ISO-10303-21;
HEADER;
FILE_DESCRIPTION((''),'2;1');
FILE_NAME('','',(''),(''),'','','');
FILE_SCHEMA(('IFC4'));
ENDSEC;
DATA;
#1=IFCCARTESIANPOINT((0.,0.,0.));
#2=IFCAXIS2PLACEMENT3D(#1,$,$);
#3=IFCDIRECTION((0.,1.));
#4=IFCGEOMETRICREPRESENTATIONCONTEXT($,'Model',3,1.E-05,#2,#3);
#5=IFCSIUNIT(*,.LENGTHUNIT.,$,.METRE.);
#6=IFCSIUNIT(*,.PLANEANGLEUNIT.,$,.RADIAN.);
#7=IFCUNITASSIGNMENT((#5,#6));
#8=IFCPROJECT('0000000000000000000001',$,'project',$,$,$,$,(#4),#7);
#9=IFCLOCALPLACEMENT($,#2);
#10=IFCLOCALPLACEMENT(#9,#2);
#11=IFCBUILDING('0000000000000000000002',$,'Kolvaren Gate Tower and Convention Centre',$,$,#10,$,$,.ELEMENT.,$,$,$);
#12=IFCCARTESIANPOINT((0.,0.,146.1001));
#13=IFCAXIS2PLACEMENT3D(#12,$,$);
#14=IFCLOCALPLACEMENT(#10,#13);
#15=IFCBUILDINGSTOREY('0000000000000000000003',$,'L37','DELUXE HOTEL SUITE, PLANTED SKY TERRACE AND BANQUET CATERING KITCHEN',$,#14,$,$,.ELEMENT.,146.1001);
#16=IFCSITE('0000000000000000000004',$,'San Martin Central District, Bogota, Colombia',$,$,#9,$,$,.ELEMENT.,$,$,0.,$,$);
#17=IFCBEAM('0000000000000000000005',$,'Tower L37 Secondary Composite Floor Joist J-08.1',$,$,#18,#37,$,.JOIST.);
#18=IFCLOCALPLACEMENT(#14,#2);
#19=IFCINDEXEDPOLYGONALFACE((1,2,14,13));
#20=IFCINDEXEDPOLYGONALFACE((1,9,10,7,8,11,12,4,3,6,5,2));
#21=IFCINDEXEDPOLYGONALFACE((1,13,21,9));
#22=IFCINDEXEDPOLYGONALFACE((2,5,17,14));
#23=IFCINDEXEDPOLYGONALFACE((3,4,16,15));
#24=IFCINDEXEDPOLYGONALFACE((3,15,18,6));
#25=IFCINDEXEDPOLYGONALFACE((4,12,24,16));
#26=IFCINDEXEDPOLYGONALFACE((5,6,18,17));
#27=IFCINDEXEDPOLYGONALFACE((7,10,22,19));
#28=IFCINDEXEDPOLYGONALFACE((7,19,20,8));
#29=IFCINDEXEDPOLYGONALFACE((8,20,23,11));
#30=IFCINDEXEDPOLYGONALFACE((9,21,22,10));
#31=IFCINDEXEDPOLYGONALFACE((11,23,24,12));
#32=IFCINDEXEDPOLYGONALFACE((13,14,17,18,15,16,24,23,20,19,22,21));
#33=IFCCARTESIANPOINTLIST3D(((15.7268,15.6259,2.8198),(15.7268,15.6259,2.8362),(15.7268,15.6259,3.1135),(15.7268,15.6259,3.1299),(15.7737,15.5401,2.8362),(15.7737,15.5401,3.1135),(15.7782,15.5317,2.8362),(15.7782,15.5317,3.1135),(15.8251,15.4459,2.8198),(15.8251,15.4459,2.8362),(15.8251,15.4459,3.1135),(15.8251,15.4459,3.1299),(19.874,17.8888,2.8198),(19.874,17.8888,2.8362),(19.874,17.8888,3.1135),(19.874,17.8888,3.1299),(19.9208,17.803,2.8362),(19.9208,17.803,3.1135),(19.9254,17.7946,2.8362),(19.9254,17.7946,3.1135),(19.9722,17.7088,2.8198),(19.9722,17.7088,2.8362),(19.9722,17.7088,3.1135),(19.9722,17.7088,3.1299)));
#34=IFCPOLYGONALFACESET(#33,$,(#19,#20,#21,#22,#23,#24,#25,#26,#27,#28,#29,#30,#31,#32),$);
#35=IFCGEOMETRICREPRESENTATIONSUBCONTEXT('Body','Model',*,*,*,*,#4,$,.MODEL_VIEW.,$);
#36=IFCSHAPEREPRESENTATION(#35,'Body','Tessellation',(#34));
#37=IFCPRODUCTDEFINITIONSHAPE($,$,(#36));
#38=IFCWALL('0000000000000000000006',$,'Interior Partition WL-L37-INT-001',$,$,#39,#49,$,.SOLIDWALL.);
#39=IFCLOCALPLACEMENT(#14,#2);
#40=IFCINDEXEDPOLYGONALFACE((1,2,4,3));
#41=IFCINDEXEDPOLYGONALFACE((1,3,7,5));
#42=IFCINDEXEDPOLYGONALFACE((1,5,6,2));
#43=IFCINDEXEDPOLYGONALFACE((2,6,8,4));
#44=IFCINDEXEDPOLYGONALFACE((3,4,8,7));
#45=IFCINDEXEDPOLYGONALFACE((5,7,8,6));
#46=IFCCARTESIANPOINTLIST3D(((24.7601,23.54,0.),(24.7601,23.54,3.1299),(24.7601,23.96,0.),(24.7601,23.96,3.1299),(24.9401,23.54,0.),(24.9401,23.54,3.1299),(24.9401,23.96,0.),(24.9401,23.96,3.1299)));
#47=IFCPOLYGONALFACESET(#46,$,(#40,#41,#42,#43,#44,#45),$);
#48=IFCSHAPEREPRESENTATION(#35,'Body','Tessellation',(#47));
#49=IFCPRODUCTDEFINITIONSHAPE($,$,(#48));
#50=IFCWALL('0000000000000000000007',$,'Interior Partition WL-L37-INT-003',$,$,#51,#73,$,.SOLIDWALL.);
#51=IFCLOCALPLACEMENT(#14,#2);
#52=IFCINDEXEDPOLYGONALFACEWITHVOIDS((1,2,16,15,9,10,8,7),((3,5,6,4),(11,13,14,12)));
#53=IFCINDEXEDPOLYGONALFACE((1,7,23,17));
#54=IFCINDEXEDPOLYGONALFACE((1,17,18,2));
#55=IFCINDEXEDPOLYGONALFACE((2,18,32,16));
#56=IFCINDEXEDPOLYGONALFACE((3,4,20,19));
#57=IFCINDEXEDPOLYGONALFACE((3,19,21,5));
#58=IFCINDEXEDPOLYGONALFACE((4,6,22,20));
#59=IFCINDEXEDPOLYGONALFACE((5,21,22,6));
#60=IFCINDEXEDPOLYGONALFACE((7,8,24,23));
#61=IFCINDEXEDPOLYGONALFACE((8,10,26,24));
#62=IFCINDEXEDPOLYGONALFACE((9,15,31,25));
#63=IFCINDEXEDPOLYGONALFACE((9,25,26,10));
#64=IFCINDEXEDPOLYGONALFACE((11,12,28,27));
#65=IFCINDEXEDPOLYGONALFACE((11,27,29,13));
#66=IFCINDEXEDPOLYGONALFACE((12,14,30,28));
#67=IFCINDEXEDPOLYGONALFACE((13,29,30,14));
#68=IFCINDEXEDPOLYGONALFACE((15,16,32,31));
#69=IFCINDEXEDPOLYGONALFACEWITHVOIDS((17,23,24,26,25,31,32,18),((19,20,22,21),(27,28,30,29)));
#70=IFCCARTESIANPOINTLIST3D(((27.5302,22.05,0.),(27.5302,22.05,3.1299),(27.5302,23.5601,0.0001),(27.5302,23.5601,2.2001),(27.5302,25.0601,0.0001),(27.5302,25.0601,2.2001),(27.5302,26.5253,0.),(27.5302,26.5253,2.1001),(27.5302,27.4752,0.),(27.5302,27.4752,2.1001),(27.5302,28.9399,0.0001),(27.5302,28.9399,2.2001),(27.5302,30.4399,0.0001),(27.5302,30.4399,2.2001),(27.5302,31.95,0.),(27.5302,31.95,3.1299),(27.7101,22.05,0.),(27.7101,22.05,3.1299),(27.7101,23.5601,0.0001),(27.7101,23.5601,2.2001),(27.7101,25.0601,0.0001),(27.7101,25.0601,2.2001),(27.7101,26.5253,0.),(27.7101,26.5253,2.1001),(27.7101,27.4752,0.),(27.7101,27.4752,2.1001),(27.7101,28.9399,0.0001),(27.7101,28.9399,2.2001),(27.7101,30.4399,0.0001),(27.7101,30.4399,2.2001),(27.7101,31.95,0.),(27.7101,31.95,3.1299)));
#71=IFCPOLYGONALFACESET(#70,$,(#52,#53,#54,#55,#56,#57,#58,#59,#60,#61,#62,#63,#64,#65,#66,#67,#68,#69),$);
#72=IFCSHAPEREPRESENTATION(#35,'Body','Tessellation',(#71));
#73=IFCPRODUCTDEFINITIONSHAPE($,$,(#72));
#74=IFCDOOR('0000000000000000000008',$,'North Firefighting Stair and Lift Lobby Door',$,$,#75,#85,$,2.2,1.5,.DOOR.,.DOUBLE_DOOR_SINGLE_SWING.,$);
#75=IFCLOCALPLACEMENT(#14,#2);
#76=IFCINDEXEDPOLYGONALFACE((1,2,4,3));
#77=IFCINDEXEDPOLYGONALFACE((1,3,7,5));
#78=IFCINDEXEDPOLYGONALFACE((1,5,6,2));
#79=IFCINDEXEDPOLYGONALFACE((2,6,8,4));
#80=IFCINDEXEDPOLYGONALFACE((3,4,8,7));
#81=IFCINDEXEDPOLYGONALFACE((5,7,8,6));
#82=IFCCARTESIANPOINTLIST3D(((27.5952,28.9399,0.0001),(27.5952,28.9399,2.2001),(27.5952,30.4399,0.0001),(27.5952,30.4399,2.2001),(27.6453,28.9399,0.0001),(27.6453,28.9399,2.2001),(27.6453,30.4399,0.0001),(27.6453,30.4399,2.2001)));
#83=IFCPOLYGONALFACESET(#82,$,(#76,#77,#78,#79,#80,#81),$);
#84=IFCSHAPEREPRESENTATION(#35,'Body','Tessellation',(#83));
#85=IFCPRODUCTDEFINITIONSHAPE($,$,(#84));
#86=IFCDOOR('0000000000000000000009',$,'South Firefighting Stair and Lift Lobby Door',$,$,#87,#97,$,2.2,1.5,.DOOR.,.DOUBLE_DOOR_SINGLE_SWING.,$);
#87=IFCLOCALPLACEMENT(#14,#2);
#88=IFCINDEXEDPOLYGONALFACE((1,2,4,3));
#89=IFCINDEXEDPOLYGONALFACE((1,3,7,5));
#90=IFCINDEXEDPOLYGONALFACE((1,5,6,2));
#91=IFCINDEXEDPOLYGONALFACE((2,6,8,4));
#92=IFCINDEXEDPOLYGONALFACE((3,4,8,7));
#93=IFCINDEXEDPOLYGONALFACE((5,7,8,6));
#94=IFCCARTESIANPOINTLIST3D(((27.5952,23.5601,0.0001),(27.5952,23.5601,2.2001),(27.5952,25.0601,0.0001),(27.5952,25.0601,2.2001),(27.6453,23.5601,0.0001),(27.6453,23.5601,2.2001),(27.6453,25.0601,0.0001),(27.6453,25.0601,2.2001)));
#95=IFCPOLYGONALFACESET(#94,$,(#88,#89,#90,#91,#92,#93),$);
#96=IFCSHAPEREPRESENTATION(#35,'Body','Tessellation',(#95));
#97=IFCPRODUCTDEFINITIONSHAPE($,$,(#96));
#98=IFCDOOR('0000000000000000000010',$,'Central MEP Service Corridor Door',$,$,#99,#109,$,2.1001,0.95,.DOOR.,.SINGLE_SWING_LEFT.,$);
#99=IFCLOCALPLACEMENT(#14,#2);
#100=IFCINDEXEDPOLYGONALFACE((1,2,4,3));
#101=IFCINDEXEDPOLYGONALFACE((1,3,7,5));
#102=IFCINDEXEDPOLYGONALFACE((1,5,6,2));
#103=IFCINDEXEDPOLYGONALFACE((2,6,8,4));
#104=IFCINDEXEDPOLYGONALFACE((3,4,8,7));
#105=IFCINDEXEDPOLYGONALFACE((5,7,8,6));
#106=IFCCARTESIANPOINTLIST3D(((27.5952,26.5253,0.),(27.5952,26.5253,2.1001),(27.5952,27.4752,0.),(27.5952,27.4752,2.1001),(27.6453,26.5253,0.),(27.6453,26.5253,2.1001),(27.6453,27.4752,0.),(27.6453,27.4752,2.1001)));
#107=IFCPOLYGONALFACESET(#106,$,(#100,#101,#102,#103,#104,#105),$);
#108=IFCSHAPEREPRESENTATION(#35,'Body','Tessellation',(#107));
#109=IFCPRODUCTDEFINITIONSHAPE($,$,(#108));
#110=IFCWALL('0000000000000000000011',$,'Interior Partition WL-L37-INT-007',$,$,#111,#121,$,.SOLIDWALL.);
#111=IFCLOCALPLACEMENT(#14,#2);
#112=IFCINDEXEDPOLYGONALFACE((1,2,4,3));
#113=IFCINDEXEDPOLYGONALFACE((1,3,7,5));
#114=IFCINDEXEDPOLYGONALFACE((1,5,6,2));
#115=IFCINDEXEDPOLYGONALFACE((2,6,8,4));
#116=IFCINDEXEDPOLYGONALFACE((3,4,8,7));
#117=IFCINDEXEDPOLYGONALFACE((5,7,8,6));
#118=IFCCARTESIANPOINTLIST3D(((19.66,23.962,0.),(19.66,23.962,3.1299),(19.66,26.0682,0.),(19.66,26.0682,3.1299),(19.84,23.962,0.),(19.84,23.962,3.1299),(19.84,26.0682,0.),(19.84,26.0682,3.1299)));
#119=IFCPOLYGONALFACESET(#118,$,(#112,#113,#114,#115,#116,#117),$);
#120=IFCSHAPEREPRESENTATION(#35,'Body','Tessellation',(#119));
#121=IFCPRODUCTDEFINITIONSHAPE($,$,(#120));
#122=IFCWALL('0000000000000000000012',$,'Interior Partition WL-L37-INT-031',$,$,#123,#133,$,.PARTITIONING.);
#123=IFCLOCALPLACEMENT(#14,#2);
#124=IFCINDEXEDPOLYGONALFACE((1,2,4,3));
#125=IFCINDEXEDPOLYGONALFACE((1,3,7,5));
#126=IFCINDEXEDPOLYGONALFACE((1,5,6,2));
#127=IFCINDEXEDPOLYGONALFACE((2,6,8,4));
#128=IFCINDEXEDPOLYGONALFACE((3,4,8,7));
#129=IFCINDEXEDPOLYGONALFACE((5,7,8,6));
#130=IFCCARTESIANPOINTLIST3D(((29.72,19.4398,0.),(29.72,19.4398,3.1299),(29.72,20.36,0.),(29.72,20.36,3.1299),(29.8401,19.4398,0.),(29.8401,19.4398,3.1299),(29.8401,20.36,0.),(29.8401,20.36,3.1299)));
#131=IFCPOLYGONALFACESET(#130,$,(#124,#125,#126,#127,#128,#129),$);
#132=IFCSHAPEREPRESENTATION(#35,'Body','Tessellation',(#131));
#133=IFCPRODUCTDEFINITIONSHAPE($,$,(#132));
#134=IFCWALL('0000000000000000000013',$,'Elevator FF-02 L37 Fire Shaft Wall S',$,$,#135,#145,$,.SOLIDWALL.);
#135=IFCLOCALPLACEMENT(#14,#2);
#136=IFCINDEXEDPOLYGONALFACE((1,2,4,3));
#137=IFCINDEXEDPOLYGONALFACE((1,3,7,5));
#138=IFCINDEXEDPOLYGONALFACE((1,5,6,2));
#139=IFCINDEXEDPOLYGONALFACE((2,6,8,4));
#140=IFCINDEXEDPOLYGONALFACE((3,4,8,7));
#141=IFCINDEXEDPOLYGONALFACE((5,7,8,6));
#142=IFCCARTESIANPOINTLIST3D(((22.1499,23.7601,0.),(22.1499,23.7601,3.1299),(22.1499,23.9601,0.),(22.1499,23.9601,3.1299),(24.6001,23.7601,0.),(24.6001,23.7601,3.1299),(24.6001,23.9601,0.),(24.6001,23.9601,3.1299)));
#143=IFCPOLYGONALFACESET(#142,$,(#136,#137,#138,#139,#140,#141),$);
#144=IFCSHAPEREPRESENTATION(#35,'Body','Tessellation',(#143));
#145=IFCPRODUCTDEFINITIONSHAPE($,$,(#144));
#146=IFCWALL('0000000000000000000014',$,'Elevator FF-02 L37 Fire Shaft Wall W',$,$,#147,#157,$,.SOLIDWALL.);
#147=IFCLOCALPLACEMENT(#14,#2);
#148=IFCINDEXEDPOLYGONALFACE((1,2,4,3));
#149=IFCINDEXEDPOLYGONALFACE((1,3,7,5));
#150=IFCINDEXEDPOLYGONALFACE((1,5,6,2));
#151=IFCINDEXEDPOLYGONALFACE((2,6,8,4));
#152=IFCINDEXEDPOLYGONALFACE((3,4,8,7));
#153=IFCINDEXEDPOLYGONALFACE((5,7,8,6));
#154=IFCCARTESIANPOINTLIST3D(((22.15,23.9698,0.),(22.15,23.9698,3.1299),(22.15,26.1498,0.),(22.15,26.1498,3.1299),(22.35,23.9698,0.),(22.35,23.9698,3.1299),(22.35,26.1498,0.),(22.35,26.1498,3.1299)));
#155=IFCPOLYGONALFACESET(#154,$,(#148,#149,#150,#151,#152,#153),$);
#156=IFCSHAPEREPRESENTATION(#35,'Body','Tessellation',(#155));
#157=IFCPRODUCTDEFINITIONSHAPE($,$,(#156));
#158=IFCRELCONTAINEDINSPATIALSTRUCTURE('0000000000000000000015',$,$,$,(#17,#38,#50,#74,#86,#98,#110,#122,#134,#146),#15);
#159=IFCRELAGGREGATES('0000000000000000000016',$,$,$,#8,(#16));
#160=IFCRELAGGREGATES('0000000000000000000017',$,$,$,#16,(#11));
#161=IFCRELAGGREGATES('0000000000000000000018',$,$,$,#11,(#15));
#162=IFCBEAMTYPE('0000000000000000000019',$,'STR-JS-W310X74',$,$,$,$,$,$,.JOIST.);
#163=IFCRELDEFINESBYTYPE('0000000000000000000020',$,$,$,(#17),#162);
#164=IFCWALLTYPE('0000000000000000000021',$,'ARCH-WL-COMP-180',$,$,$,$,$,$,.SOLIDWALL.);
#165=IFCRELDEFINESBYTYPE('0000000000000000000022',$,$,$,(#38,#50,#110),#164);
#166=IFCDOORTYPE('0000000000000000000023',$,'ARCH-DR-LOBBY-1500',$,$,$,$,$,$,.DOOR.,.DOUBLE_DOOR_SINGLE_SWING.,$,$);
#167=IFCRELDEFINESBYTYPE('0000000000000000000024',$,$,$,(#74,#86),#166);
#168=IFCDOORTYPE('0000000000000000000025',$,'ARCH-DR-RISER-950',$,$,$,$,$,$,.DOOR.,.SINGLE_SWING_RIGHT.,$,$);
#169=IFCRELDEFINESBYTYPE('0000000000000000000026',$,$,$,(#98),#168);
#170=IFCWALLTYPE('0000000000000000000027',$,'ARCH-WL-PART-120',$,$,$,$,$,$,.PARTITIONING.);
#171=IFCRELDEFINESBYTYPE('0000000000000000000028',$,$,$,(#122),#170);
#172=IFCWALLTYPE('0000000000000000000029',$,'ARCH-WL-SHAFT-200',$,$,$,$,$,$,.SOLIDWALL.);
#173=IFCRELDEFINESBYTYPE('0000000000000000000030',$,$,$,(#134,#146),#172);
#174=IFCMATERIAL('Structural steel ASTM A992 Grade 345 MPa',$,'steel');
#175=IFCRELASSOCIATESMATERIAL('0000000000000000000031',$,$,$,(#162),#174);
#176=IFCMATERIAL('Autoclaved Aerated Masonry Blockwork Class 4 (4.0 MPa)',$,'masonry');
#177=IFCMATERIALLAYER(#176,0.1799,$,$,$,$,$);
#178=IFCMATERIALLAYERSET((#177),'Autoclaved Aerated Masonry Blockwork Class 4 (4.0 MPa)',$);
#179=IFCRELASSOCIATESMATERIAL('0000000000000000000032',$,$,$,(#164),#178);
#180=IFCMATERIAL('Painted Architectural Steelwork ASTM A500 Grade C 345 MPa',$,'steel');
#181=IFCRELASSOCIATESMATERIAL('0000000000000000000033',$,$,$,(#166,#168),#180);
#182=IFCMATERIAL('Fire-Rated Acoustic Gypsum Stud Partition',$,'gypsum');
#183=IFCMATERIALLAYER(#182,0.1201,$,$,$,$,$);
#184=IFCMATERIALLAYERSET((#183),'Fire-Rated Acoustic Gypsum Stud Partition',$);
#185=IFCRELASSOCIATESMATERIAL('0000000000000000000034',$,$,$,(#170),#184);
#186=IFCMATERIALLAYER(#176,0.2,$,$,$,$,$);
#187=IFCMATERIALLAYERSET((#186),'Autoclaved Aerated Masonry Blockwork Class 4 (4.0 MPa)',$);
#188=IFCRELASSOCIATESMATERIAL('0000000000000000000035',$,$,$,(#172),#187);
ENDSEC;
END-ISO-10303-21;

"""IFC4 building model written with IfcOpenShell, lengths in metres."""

from ifc_helpers import new_model, si_unit, direction, frame, frame_2d, origin, origin_2d, place, context, subcontext, project, spatial, rectangle, i_section, extrude, material, layer, layer_set, material_profile, profile_set, type_object, element, fill, save


model = new_model("IFC4")

# Units and contexts
model_context = context("Model", 3, precision=1e-05, world=origin(), true_north=direction((0.0, 1.0)))
body_context = subcontext(model_context, "Body", "Model", "MODEL_VIEW")
ifc_project = project(units=[si_unit("LENGTHUNIT", "METRE"), si_unit("PLANEANGLEUNIT", "RADIAN")], contexts=[model_context])

# Site, building, storey
site_placement = place(None, origin())
site = spatial("IfcSite", under=ifc_project, at=site_placement, Name="San Martin Central District, Bogota, Colombia", CompositionType="ELEMENT", RefElevation=0.0)
building_placement = place(site_placement, origin())
building = spatial("IfcBuilding", under=site, at=building_placement, Name="Kolvaren Gate Tower and Convention Centre", CompositionType="ELEMENT")
storey_placement = place(building_placement, frame((0.0, 0.0, 146.1001)))
storey = spatial("IfcBuildingStorey", under=building, at=storey_placement, Name="L37", Description="DELUXE HOTEL SUITE, PLANTED SKY TERRACE AND BANQUET CATERING KITCHEN", CompositionType="ELEMENT", Elevation=146.1001)

# Beam
ifc_material_1 = material(Name="Structural steel ASTM A992 Grade 345 MPa", Category="steel")
ifc_material_profile = material_profile(ifc_material_1, i_section(OverallWidth=0.2051, OverallDepth=0.3101, WebThickness=0.0095, FlangeThickness=0.0164, at=origin_2d()), Name="W310X74")
ifc_profile_set = profile_set([ifc_material_profile], Name="Structural steel ASTM A992 Grade 345 MPa")
beam_type = type_object("IfcBeamType", Name="STR-JS-W310X74", PredefinedType="JOIST", material=ifc_profile_set)
beam_placement = place(storey_placement, frame((19.9231, 17.7988, 2.9749), z_axis=(-0.877822, -0.478986, 0.0), x_axis=(0.478986, -0.877822, 0.0)))
element("IfcBeam", 1, at=beam_placement, inside=storey, type_object=beam_type, Name="Tower L37 Secondary Composite Floor Joist J-08.1", PredefinedType="JOIST", context=body_context, shape_type="SweptSolid", body=[
    extrude(i_section(OverallWidth=0.2051, OverallDepth=0.3101, WebThickness=0.0095, FlangeThickness=0.0164, at=origin_2d()), origin(), (0.0, 0.0, 1.0), 4.7244),
])

# Wall
ifc_material_2 = material(Name="Autoclaved Aerated Masonry Blockwork Class 4 (4.0 MPa)", Category="masonry")
ifc_layer_1 = layer(ifc_material_2, 0.1799)
ifc_layer_set_1 = layer_set([ifc_layer_1], Name="Autoclaved Aerated Masonry Blockwork Class 4 (4.0 MPa)")
wall_type_1 = type_object("IfcWallType", Name="ARCH-WL-COMP-180", PredefinedType="SOLIDWALL", material=ifc_layer_set_1)
wall_1_placement = place(storey_placement, frame((24.8501, 23.54, 0.0), z_axis=(0.0, 0.0, 1.0), x_axis=(0.0, 1.0, 0.0)))
element("IfcWall", 2, at=wall_1_placement, inside=storey, type_object=wall_type_1, Name="Interior Partition WL-L37-INT-001", PredefinedType="SOLIDWALL", context=body_context, shape_type="SweptSolid", body=[
    extrude(rectangle(XDim=0.4199, YDim=0.1799, at=frame_2d((0.21, 0.0))), origin(), (0.0, 0.0, 1.0), 3.1299),
])

# Wall, openings, doors
wall_2_placement = place(storey_placement, frame((27.6201, 22.05, 0.0), z_axis=(0.0, 0.0, 1.0), x_axis=(0.0, 1.0, 0.0)))
wall_2 = element("IfcWall", 3, at=wall_2_placement, inside=storey, type_object=wall_type_1, Name="Interior Partition WL-L37-INT-003", PredefinedType="SOLIDWALL", context=body_context, shape_type="SweptSolid", body=[
    extrude(rectangle(XDim=9.8999, YDim=0.1799, at=frame_2d((4.95, 0.0))), origin(), (0.0, 0.0, 1.0), 3.1299),
])
opening_1_placement = place(wall_2_placement, frame((4.4751, 0.0, 0.0)))
opening_1 = element("IfcOpeningElement", 4, at=opening_1_placement, cuts=wall_2, PredefinedType="OPENING", context=body_context, shape_type="SweptSolid", body=[
    extrude(rectangle(XDim=0.95, YDim=2.1001, at=frame_2d((0.4751, 1.05))), frame((0.0, 0.0999, 0.0), z_axis=(0.0, -1.0, 0.0), x_axis=(1.0, 0.0, 0.0)), (0.0, 0.0, 1.0), 0.2),
])
opening_2_placement = place(wall_2_placement, frame((6.8899, 0.0, 0.0)))
opening_2 = element("IfcOpeningElement", 5, at=opening_2_placement, cuts=wall_2, PredefinedType="OPENING", context=body_context, shape_type="SweptSolid", body=[
    extrude(rectangle(XDim=1.5, YDim=2.2, at=frame_2d((0.75, 1.1001))), frame((0.0, 0.0999, 0.0), z_axis=(0.0, -1.0, 0.0), x_axis=(1.0, 0.0, 0.0)), (0.0, 0.0, 1.0), 0.2),
])
opening_3_placement = place(wall_2_placement, frame((1.51, 0.0, 0.0)))
opening_3 = element("IfcOpeningElement", 6, at=opening_3_placement, cuts=wall_2, PredefinedType="OPENING", context=body_context, shape_type="SweptSolid", body=[
    extrude(rectangle(XDim=1.5, YDim=2.2, at=frame_2d((0.75, 1.1001))), frame((0.0, 0.0999, 0.0), z_axis=(0.0, -1.0, 0.0), x_axis=(1.0, 0.0, 0.0)), (0.0, 0.0, 1.0), 0.2),
])
ifc_material_3 = material(Name="Painted Architectural Steelwork ASTM A500 Grade C 345 MPa", Category="steel")
door_type_1 = type_object("IfcDoorType", Name="ARCH-DR-LOBBY-1500", OperationType="DOUBLE_DOOR_SINGLE_SWING", PredefinedType="DOOR", material=ifc_material_3)
door_1_placement = place(opening_2_placement, origin())
door_1 = element("IfcDoor", 7, at=door_1_placement, inside=storey, type_object=door_type_1, Name="North Firefighting Stair and Lift Lobby Door", OperationType="DOUBLE_DOOR_SINGLE_SWING", OverallHeight=2.2, OverallWidth=1.5, PredefinedType="DOOR", context=body_context, shape_type="SweptSolid", body=[
    extrude(rectangle(XDim=1.5, YDim=2.2, at=frame_2d((0.75, 1.1001))), frame((0.0, 0.0249, 0.0), z_axis=(0.0, -1.0, 0.0), x_axis=(1.0, 0.0, 0.0)), (0.0, 0.0, 1.0), 0.05),
])
fill(opening_2, door_1)
door_2_placement = place(opening_3_placement, origin())
door_2 = element("IfcDoor", 8, at=door_2_placement, inside=storey, type_object=door_type_1, Name="South Firefighting Stair and Lift Lobby Door", OperationType="DOUBLE_DOOR_SINGLE_SWING", OverallHeight=2.2, OverallWidth=1.5, PredefinedType="DOOR", context=body_context, shape_type="SweptSolid", body=[
    extrude(rectangle(XDim=1.5, YDim=2.2, at=frame_2d((0.75, 1.1001))), frame((0.0, 0.0249, 0.0), z_axis=(0.0, -1.0, 0.0), x_axis=(1.0, 0.0, 0.0)), (0.0, 0.0, 1.0), 0.05),
])
fill(opening_3, door_2)
door_type_2 = type_object("IfcDoorType", Name="ARCH-DR-RISER-950", OperationType="SINGLE_SWING_RIGHT", PredefinedType="DOOR", material=ifc_material_3)
door_3_placement = place(opening_1_placement, origin())
door_3 = element("IfcDoor", 9, at=door_3_placement, inside=storey, type_object=door_type_2, Name="Central MEP Service Corridor Door", OperationType="SINGLE_SWING_LEFT", OverallHeight=2.1001, OverallWidth=0.95, PredefinedType="DOOR", context=body_context, shape_type="SweptSolid", body=[
    extrude(rectangle(XDim=0.95, YDim=2.1001, at=frame_2d((0.4751, 1.05))), frame((0.0, 0.0249, 0.0), z_axis=(0.0, -1.0, 0.0), x_axis=(1.0, 0.0, 0.0)), (0.0, 0.0, 1.0), 0.05),
])
fill(opening_1, door_3)

# Walls
wall_3_placement = place(storey_placement, frame((19.75, 23.9619, 0.0), z_axis=(0.0, 0.0, 1.0), x_axis=(0.0, 1.0, 0.0)))
element("IfcWall", 10, at=wall_3_placement, inside=storey, type_object=wall_type_1, Name="Interior Partition WL-L37-INT-007", PredefinedType="SOLIDWALL", context=body_context, shape_type="SweptSolid", body=[
    extrude(rectangle(XDim=2.1062, YDim=0.1799, at=frame_2d((1.0532, 0.0))), origin(), (0.0, 0.0, 1.0), 3.1299),
])
ifc_material_4 = material(Name="Fire-Rated Acoustic Gypsum Stud Partition", Category="gypsum")
ifc_layer_2 = layer(ifc_material_4, 0.1201)
ifc_layer_set_2 = layer_set([ifc_layer_2], Name="Fire-Rated Acoustic Gypsum Stud Partition")
wall_type_2 = type_object("IfcWallType", Name="ARCH-WL-PART-120", PredefinedType="PARTITIONING", material=ifc_layer_set_2)
wall_4_placement = place(storey_placement, frame((29.78, 19.4399, 0.0), z_axis=(0.0, 0.0, 1.0), x_axis=(0.0, 1.0, 0.0)))
element("IfcWall", 11, at=wall_4_placement, inside=storey, type_object=wall_type_2, Name="Interior Partition WL-L37-INT-031", PredefinedType="PARTITIONING", context=body_context, shape_type="SweptSolid", body=[
    extrude(rectangle(XDim=0.9202, YDim=0.1201, at=frame_2d((0.46, 0.0))), origin(), (0.0, 0.0, 1.0), 3.1299),
])
ifc_layer_3 = layer(ifc_material_2, 0.2)
ifc_layer_set_3 = layer_set([ifc_layer_3], Name="Autoclaved Aerated Masonry Blockwork Class 4 (4.0 MPa)")
wall_type_3 = type_object("IfcWallType", Name="ARCH-WL-SHAFT-200", PredefinedType="SOLIDWALL", material=ifc_layer_set_3)
wall_5_placement = place(storey_placement, frame((22.1499, 23.8601, 0.0), z_axis=(0.0, 0.0, 1.0), x_axis=(1.0, 0.0, 0.0)))
element("IfcWall", 12, at=wall_5_placement, inside=storey, type_object=wall_type_3, Name="Elevator FF-02 L37 Fire Shaft Wall S", PredefinedType="SOLIDWALL", context=body_context, shape_type="SweptSolid", body=[
    extrude(rectangle(XDim=2.4502, YDim=0.2, at=frame_2d((1.2251, 0.0))), origin(), (0.0, 0.0, 1.0), 3.1299),
])
wall_6_placement = place(storey_placement, frame((22.25, 23.97, 0.0), z_axis=(0.0, 0.0, 1.0), x_axis=(0.0, 1.0, 0.0)))
element("IfcWall", 13, at=wall_6_placement, inside=storey, type_object=wall_type_3, Name="Elevator FF-02 L37 Fire Shaft Wall W", PredefinedType="SOLIDWALL", context=body_context, shape_type="SweptSolid", body=[
    extrude(rectangle(XDim=2.1799, YDim=0.2, at=frame_2d((1.0898, 0.0))), origin(), (0.0, 0.0, 1.0), 3.1299),
])

save(model, "model.ifc")
